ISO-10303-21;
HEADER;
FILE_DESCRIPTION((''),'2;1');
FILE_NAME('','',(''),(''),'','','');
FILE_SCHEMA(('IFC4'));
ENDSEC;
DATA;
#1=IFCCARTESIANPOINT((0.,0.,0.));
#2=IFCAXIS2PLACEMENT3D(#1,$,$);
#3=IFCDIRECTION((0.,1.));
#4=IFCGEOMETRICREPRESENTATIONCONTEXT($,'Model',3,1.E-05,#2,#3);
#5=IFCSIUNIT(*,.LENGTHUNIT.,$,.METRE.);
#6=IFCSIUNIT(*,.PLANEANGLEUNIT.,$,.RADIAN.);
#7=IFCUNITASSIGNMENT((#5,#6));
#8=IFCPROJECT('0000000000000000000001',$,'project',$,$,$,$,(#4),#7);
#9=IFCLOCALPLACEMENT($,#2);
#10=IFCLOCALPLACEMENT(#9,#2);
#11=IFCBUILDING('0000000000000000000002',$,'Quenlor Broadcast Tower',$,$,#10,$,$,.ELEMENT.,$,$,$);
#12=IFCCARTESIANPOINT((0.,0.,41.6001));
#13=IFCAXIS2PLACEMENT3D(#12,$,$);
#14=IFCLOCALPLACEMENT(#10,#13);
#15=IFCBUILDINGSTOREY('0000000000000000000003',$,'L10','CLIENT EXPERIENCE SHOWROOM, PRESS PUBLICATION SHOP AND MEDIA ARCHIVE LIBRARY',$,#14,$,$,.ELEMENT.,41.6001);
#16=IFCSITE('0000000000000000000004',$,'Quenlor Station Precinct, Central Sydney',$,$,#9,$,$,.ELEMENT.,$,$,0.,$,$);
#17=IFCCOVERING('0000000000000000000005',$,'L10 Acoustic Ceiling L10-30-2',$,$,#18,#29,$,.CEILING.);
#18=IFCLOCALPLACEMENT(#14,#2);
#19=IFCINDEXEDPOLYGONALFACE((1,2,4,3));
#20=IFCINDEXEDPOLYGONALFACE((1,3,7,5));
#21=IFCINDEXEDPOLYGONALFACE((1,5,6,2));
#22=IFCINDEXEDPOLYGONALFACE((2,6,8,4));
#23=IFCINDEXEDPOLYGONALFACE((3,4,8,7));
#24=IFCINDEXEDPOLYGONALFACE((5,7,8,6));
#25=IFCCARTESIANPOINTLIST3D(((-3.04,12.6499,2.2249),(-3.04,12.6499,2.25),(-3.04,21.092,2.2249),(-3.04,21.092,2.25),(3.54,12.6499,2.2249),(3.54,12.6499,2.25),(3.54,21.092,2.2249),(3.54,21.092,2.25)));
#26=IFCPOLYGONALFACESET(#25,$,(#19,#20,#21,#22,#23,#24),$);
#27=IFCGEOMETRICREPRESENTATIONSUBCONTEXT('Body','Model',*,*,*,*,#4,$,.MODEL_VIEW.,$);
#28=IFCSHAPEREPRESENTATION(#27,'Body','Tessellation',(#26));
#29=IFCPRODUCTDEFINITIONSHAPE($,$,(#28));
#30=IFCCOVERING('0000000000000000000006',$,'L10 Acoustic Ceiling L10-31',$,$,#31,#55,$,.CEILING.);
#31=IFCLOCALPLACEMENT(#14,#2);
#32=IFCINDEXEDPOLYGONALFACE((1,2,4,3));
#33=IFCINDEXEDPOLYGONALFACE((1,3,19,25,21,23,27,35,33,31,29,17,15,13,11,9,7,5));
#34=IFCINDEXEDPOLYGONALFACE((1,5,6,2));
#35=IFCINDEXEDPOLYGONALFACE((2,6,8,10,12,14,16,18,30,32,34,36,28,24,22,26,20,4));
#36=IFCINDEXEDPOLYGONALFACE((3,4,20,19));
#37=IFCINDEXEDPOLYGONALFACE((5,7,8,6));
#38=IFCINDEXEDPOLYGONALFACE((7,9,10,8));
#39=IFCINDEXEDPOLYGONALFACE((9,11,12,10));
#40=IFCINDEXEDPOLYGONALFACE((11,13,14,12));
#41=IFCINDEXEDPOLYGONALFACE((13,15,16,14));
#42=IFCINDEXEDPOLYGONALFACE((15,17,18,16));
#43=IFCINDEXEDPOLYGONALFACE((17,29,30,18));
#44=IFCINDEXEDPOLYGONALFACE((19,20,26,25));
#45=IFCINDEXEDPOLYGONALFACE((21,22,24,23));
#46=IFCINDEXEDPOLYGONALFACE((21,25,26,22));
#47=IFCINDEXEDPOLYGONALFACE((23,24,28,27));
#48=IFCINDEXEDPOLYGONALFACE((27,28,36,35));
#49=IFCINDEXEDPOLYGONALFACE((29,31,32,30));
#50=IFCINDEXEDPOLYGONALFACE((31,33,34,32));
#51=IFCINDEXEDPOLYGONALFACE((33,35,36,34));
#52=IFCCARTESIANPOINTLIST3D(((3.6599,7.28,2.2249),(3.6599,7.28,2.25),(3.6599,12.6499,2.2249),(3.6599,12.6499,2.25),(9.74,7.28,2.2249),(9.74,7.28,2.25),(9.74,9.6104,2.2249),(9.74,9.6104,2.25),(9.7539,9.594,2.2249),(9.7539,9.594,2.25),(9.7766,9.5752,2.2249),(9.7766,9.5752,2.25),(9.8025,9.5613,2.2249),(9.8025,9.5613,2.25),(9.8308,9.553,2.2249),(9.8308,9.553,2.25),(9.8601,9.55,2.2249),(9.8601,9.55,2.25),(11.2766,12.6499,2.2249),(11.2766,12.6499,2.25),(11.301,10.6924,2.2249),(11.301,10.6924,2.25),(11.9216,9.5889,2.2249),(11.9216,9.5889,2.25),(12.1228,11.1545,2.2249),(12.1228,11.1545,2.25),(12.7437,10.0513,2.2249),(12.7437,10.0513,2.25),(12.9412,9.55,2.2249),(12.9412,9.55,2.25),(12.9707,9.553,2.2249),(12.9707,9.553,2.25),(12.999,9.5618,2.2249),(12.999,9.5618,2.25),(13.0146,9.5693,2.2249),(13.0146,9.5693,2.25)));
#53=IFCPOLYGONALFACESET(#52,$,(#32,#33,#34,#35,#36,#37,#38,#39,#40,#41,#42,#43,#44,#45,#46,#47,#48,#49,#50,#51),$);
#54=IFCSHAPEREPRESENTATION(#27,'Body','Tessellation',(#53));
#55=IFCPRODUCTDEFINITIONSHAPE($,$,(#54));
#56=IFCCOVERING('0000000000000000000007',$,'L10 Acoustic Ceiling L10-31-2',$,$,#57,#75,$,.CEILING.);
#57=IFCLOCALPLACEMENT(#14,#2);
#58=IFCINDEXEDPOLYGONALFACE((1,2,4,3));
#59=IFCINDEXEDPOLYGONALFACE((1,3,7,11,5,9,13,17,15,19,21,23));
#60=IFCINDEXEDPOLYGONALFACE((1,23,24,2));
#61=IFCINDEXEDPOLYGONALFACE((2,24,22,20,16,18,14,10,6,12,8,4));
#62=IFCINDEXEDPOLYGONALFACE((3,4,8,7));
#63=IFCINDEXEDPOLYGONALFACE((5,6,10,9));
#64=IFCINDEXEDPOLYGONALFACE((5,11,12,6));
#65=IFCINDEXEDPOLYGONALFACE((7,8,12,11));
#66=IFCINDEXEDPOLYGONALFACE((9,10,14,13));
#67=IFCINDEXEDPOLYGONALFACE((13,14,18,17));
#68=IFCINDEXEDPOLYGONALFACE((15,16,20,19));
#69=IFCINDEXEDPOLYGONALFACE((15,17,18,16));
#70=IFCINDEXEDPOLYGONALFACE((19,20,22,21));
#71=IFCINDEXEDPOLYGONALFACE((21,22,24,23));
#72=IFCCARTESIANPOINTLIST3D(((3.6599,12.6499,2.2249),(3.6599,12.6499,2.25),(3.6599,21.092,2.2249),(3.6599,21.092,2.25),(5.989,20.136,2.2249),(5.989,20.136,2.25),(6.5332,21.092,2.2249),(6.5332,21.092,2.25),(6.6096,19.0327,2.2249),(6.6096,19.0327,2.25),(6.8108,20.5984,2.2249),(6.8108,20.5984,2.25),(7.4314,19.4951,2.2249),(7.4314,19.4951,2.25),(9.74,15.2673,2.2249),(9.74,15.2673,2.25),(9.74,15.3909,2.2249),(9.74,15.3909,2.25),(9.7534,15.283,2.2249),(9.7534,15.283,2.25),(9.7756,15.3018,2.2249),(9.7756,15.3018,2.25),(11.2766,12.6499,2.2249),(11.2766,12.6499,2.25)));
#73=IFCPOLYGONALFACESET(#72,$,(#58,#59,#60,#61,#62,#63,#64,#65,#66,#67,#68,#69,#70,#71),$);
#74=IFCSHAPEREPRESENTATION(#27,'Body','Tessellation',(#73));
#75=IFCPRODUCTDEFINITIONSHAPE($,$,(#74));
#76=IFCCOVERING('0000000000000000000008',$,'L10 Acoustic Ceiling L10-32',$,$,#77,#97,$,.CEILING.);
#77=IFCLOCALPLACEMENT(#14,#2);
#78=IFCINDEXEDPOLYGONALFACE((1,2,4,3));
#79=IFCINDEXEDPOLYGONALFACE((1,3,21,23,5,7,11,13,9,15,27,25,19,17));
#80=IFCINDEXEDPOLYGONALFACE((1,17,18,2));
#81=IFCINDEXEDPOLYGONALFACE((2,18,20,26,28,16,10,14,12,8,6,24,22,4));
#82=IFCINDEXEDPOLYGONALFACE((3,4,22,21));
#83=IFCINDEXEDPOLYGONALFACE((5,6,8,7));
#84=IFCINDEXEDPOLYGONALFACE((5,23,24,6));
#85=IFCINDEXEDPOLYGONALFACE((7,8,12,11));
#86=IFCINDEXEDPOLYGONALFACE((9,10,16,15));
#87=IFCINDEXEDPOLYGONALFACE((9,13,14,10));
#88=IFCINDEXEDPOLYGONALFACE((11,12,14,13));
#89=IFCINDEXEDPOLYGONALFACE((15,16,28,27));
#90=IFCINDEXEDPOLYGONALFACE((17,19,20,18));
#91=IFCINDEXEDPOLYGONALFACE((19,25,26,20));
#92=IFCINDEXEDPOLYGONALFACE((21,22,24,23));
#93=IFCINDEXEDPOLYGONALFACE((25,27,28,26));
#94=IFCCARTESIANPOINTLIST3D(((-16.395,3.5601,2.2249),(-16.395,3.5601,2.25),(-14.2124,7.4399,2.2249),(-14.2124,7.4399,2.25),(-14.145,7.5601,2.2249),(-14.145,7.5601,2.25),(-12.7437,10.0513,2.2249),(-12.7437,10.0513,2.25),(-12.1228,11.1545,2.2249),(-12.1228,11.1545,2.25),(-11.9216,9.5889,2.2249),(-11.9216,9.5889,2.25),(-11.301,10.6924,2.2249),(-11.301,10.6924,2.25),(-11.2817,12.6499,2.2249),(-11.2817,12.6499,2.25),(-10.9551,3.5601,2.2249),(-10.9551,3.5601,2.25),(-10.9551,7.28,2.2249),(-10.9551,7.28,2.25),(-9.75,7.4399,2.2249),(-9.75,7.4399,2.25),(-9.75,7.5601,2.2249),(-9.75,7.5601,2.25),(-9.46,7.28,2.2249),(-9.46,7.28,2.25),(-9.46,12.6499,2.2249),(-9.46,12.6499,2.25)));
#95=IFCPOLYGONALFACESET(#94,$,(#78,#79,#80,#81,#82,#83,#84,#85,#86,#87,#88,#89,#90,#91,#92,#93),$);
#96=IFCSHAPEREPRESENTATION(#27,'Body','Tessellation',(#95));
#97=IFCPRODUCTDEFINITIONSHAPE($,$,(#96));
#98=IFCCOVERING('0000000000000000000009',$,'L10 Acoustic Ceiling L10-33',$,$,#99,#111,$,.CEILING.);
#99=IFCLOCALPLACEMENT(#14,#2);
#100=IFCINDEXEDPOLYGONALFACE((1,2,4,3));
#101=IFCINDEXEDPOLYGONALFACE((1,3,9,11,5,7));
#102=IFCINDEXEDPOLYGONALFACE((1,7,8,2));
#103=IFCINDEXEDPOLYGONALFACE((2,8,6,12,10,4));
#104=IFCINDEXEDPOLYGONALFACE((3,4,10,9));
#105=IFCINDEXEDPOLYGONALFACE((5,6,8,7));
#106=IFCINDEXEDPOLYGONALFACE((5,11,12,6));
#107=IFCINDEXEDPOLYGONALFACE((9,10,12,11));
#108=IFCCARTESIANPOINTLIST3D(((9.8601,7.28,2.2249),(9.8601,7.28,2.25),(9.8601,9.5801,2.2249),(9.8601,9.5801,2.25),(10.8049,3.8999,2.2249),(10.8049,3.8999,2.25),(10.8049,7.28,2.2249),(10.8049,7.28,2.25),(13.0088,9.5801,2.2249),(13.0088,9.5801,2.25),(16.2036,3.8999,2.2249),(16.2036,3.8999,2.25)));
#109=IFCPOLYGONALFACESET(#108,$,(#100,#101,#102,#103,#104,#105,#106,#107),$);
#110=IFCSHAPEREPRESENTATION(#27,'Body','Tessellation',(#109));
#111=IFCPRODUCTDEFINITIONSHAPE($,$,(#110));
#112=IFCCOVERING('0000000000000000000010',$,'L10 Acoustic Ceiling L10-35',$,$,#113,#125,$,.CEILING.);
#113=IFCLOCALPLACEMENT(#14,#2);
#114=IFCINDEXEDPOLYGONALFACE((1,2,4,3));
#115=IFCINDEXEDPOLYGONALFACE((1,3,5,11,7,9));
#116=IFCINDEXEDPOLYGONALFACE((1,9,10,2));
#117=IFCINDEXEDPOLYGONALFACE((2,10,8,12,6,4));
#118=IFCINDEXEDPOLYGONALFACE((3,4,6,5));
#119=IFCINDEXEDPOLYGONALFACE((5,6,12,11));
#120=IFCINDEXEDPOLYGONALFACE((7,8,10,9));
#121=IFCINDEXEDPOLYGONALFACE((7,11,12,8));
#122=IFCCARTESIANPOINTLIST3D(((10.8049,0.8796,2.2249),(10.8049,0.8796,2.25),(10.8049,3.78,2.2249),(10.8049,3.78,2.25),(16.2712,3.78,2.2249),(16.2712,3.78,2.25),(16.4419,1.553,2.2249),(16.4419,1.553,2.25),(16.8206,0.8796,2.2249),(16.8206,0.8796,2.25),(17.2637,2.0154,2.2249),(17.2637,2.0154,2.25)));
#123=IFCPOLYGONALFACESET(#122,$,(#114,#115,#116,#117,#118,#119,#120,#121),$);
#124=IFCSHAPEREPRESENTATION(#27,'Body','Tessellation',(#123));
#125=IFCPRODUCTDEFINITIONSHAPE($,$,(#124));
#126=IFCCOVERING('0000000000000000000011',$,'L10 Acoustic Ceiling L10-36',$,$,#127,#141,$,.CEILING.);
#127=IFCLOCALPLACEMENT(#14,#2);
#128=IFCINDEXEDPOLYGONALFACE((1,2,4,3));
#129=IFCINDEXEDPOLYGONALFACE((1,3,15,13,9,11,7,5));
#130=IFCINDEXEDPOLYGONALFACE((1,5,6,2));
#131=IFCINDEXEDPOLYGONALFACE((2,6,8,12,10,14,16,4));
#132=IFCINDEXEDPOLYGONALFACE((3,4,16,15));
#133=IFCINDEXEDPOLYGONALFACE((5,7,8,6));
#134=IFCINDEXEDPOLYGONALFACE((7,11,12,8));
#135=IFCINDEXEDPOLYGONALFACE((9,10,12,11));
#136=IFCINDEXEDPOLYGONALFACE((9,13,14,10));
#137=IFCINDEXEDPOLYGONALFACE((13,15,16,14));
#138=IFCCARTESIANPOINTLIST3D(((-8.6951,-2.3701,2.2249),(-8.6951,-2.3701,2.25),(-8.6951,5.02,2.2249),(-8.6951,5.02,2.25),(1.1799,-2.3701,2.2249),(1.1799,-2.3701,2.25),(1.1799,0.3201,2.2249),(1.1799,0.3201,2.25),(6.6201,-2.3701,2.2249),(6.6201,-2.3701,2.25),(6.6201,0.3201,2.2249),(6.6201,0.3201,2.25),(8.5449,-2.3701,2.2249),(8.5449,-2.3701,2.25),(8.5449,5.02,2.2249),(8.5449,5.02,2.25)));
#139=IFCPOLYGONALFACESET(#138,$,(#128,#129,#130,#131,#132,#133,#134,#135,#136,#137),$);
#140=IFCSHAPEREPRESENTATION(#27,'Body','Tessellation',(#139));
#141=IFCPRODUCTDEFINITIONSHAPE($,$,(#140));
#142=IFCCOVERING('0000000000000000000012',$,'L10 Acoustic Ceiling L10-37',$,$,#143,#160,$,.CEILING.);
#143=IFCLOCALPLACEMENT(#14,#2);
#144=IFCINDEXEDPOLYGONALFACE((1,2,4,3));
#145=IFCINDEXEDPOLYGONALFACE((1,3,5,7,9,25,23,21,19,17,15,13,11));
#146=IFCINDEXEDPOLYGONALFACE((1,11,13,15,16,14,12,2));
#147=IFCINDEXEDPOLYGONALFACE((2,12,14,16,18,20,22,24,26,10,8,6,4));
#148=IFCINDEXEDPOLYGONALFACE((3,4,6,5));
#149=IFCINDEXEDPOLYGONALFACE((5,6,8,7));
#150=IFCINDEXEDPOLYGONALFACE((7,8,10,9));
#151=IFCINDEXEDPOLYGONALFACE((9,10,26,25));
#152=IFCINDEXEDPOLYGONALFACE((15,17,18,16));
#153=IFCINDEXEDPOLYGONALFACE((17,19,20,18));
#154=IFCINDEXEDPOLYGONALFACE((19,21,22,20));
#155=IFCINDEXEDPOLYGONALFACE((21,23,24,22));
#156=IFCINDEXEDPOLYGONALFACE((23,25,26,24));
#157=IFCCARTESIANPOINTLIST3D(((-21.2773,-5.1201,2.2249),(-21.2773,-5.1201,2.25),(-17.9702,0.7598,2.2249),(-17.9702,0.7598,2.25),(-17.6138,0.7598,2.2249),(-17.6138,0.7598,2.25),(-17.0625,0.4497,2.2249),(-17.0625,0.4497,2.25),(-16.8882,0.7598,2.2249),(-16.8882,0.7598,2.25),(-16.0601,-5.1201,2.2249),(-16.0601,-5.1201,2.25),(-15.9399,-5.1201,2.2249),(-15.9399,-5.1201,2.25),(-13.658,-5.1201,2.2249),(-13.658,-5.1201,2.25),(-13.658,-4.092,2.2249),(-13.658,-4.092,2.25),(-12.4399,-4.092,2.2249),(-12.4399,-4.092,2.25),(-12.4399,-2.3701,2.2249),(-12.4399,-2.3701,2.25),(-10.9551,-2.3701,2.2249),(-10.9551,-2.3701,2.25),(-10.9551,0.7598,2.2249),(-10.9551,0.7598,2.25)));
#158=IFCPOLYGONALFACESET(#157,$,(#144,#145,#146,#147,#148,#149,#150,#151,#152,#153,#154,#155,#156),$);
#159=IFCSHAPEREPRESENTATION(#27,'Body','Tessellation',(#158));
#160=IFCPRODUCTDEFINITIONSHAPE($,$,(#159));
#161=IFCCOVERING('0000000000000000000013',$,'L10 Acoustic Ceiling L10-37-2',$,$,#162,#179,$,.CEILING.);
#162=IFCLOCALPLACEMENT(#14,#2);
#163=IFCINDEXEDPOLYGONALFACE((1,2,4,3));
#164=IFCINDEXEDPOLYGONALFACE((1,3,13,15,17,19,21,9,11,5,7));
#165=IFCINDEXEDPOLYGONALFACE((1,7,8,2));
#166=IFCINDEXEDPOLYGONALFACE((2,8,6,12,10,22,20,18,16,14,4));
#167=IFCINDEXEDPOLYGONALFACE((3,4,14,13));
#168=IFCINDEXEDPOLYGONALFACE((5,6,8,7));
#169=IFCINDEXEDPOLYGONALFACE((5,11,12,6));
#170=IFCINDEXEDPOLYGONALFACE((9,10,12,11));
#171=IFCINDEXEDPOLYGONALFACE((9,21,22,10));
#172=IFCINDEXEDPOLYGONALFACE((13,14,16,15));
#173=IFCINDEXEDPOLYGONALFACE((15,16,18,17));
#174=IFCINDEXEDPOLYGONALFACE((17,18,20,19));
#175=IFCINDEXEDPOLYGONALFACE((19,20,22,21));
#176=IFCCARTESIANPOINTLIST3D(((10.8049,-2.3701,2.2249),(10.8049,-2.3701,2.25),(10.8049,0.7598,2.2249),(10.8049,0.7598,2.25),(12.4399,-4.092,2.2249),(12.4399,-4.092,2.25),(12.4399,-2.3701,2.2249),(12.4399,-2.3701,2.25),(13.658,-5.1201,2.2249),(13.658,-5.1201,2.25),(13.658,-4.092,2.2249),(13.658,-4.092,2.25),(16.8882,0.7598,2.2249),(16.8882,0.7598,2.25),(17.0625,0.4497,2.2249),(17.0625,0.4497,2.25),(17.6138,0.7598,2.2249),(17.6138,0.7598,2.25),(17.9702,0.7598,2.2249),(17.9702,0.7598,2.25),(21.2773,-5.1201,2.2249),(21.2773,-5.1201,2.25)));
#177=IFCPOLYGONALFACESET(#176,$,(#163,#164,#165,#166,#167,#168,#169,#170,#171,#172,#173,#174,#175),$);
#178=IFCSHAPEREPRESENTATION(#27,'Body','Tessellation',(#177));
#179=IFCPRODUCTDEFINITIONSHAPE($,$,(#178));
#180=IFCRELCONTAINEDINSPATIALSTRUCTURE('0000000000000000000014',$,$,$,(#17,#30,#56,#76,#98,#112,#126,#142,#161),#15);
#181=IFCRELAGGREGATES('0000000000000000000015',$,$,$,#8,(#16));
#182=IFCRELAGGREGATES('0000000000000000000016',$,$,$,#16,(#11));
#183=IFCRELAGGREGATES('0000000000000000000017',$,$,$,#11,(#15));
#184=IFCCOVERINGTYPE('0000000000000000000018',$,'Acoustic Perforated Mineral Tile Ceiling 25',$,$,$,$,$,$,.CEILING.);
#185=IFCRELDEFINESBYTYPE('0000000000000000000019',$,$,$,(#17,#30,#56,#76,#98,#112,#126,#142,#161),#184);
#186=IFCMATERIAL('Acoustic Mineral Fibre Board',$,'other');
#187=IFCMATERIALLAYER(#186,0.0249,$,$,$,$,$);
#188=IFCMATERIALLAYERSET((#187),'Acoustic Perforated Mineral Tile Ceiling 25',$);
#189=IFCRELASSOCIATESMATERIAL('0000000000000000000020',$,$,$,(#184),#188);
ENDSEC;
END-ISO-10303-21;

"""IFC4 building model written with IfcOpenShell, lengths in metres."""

from ifc_helpers import new_model, si_unit, direction, frame, origin, place, context, subcontext, project, spatial, polyline, outline, extrude, material, layer, layer_set, type_object, element, save


model = new_model("IFC4")

# Units and contexts
model_context = context("Model", 3, precision=1e-05, world=origin(), true_north=direction((0.0, 1.0)))
body_context = subcontext(model_context, "Body", "Model", "MODEL_VIEW")
ifc_project = project(units=[si_unit("LENGTHUNIT", "METRE"), si_unit("PLANEANGLEUNIT", "RADIAN")], contexts=[model_context])

# Site, building, storey
site_placement = place(None, origin())
site = spatial("IfcSite", under=ifc_project, at=site_placement, Name="Quenlor Station Precinct, Central Sydney", CompositionType="ELEMENT", RefElevation=0.0)
building_placement = place(site_placement, origin())
building = spatial("IfcBuilding", under=site, at=building_placement, Name="Quenlor Broadcast Tower", CompositionType="ELEMENT")
storey_placement = place(building_placement, frame((0.0, 0.0, 41.6001)))
storey = spatial("IfcBuildingStorey", under=building, at=storey_placement, Name="L10", Description="CLIENT EXPERIENCE SHOWROOM, PRESS PUBLICATION SHOP AND MEDIA ARCHIVE LIBRARY", CompositionType="ELEMENT", Elevation=41.6001)

# Coverings
ifc_material_1 = material(Name="Acoustic Mineral Fibre Board", Category="other")
ifc_layer_1 = layer(ifc_material_1, 0.0249)
ifc_layer_set_1 = layer_set([ifc_layer_1], Name="Acoustic Perforated Mineral Tile Ceiling 25")
covering_type_1 = type_object("IfcCoveringType", Name="Acoustic Perforated Mineral Tile Ceiling 25", PredefinedType="CEILING", material=ifc_layer_set_1)
covering_1_placement = place(storey_placement, frame((0.0, 0.0, 2.2249)))
element("IfcCovering", 1, at=covering_1_placement, inside=storey, type_object=covering_type_1, Name="L10 Acoustic Ceiling L10-30-2", PredefinedType="CEILING", context=body_context, shape_type="SweptSolid", body=[
    extrude(outline(polyline([(-3.04, 21.092), (3.54, 21.092), (3.54, 12.6499), (-3.04, 12.6499), (-3.04, 21.092)])), origin(), (0.0, 0.0, 1.0), 0.0251),
])
covering_2_placement = place(storey_placement, frame((0.0, 0.0, 2.2249)))
element("IfcCovering", 2, at=covering_2_placement, inside=storey, type_object=covering_type_1, Name="L10 Acoustic Ceiling L10-31", PredefinedType="CEILING", context=body_context, shape_type="SweptSolid", body=[
    extrude(outline(polyline([(12.9412, 9.55), (9.8601, 9.55), (9.8308, 9.553), (9.8025, 9.5613), (9.7766, 9.5752), (9.7539, 9.594), (9.74, 9.6104), (9.74, 7.28), (3.6599, 7.28), (3.6599, 12.6499), (11.2766, 12.6499), (12.1228, 11.1545), (11.301, 10.6924), (11.9216, 9.5889), (12.7437, 10.0513), (13.0146, 9.5693), (12.999, 9.5618), (12.9707, 9.553), (12.9412, 9.55)])), origin(), (0.0, 0.0, 1.0), 0.0251),
])
covering_3_placement = place(storey_placement, frame((0.0, 0.0, 2.2249)))
element("IfcCovering", 3, at=covering_3_placement, inside=storey, type_object=covering_type_1, Name="L10 Acoustic Ceiling L10-31-2", PredefinedType="CEILING", context=body_context, shape_type="SweptSolid", body=[
    extrude(outline(polyline([(3.6599, 21.092), (6.5332, 21.092), (6.8108, 20.5984), (5.989, 20.136), (6.6096, 19.0327), (7.4314, 19.4951), (9.74, 15.3909), (9.74, 15.2673), (9.7534, 15.283), (9.7756, 15.3018), (11.2766, 12.6499), (3.6599, 12.6499), (3.6599, 21.092)])), origin(), (0.0, 0.0, 1.0), 0.0251),
])
covering_4_placement = place(storey_placement, frame((0.0, 0.0, 2.2249)))
element("IfcCovering", 4, at=covering_4_placement, inside=storey, type_object=covering_type_1, Name="L10 Acoustic Ceiling L10-32", PredefinedType="CEILING", context=body_context, shape_type="SweptSolid", body=[
    extrude(outline(polyline([(-14.145, 7.5601), (-12.7437, 10.0513), (-11.9216, 9.5889), (-11.301, 10.6924), (-12.1228, 11.1545), (-11.2817, 12.6499), (-9.46, 12.6499), (-9.46, 7.28), (-10.9551, 7.28), (-10.9551, 3.5601), (-16.395, 3.5601), (-14.2124, 7.4399), (-9.75, 7.4399), (-9.75, 7.5601), (-14.145, 7.5601)])), origin(), (0.0, 0.0, 1.0), 0.0251),
])
covering_5_placement = place(storey_placement, frame((0.0, 0.0, 2.2249)))
element("IfcCovering", 5, at=covering_5_placement, inside=storey, type_object=covering_type_1, Name="L10 Acoustic Ceiling L10-33", PredefinedType="CEILING", context=body_context, shape_type="SweptSolid", body=[
    extrude(outline(polyline([(9.8601, 7.28), (9.8601, 9.5801), (13.0088, 9.5801), (16.2036, 3.8999), (10.8049, 3.8999), (10.8049, 7.28), (9.8601, 7.28)])), origin(), (0.0, 0.0, 1.0), 0.0251),
])
covering_6_placement = place(storey_placement, frame((0.0, 0.0, 2.2249)))
element("IfcCovering", 6, at=covering_6_placement, inside=storey, type_object=covering_type_1, Name="L10 Acoustic Ceiling L10-35", PredefinedType="CEILING", context=body_context, shape_type="SweptSolid", body=[
    extrude(outline(polyline([(16.4419, 1.553), (16.8206, 0.8796), (10.8049, 0.8796), (10.8049, 3.78), (16.2712, 3.78), (17.2637, 2.0154), (16.4419, 1.553)])), origin(), (0.0, 0.0, 1.0), 0.0251),
])
covering_7_placement = place(storey_placement, frame((0.0, 0.0, 2.2249)))
element("IfcCovering", 7, at=covering_7_placement, inside=storey, type_object=covering_type_1, Name="L10 Acoustic Ceiling L10-36", PredefinedType="CEILING", context=body_context, shape_type="SweptSolid", body=[
    extrude(outline(polyline([(8.5449, 5.02), (8.5449, -2.3701), (6.6201, -2.3701), (6.6201, 0.3201), (1.1799, 0.3201), (1.1799, -2.3701), (-8.6951, -2.3701), (-8.6951, 5.02), (8.5449, 5.02)])), origin(), (0.0, 0.0, 1.0), 0.0251),
])
covering_8_placement = place(storey_placement, frame((0.0, 0.0, 2.2249)))
element("IfcCovering", 8, at=covering_8_placement, inside=storey, type_object=covering_type_1, Name="L10 Acoustic Ceiling L10-37", PredefinedType="CEILING", context=body_context, shape_type="SweptSolid", body=[
    extrude(outline(polyline([(-16.8882, 0.7598), (-10.9551, 0.7598), (-10.9551, -2.3701), (-12.4399, -2.3701), (-12.4399, -4.092), (-13.658, -4.092), (-13.658, -5.1201), (-15.9399, -5.1201), (-16.0601, -5.1201), (-21.2773, -5.1201), (-17.9702, 0.7598), (-17.6138, 0.7598), (-17.0625, 0.4497), (-16.8882, 0.7598)])), origin(), (0.0, 0.0, 1.0), 0.0251),
])
covering_9_placement = place(storey_placement, frame((0.0, 0.0, 2.2249)))
element("IfcCovering", 9, at=covering_9_placement, inside=storey, type_object=covering_type_1, Name="L10 Acoustic Ceiling L10-37-2", PredefinedType="CEILING", context=body_context, shape_type="SweptSolid", body=[
    extrude(outline(polyline([(13.658, -4.092), (12.4399, -4.092), (12.4399, -2.3701), (10.8049, -2.3701), (10.8049, 0.7598), (16.8882, 0.7598), (17.0625, 0.4497), (17.6138, 0.7598), (17.9702, 0.7598), (21.2773, -5.1201), (13.658, -5.1201), (13.658, -4.092)])), origin(), (0.0, 0.0, 1.0), 0.0251),
])

save(model, "model.ifc")
